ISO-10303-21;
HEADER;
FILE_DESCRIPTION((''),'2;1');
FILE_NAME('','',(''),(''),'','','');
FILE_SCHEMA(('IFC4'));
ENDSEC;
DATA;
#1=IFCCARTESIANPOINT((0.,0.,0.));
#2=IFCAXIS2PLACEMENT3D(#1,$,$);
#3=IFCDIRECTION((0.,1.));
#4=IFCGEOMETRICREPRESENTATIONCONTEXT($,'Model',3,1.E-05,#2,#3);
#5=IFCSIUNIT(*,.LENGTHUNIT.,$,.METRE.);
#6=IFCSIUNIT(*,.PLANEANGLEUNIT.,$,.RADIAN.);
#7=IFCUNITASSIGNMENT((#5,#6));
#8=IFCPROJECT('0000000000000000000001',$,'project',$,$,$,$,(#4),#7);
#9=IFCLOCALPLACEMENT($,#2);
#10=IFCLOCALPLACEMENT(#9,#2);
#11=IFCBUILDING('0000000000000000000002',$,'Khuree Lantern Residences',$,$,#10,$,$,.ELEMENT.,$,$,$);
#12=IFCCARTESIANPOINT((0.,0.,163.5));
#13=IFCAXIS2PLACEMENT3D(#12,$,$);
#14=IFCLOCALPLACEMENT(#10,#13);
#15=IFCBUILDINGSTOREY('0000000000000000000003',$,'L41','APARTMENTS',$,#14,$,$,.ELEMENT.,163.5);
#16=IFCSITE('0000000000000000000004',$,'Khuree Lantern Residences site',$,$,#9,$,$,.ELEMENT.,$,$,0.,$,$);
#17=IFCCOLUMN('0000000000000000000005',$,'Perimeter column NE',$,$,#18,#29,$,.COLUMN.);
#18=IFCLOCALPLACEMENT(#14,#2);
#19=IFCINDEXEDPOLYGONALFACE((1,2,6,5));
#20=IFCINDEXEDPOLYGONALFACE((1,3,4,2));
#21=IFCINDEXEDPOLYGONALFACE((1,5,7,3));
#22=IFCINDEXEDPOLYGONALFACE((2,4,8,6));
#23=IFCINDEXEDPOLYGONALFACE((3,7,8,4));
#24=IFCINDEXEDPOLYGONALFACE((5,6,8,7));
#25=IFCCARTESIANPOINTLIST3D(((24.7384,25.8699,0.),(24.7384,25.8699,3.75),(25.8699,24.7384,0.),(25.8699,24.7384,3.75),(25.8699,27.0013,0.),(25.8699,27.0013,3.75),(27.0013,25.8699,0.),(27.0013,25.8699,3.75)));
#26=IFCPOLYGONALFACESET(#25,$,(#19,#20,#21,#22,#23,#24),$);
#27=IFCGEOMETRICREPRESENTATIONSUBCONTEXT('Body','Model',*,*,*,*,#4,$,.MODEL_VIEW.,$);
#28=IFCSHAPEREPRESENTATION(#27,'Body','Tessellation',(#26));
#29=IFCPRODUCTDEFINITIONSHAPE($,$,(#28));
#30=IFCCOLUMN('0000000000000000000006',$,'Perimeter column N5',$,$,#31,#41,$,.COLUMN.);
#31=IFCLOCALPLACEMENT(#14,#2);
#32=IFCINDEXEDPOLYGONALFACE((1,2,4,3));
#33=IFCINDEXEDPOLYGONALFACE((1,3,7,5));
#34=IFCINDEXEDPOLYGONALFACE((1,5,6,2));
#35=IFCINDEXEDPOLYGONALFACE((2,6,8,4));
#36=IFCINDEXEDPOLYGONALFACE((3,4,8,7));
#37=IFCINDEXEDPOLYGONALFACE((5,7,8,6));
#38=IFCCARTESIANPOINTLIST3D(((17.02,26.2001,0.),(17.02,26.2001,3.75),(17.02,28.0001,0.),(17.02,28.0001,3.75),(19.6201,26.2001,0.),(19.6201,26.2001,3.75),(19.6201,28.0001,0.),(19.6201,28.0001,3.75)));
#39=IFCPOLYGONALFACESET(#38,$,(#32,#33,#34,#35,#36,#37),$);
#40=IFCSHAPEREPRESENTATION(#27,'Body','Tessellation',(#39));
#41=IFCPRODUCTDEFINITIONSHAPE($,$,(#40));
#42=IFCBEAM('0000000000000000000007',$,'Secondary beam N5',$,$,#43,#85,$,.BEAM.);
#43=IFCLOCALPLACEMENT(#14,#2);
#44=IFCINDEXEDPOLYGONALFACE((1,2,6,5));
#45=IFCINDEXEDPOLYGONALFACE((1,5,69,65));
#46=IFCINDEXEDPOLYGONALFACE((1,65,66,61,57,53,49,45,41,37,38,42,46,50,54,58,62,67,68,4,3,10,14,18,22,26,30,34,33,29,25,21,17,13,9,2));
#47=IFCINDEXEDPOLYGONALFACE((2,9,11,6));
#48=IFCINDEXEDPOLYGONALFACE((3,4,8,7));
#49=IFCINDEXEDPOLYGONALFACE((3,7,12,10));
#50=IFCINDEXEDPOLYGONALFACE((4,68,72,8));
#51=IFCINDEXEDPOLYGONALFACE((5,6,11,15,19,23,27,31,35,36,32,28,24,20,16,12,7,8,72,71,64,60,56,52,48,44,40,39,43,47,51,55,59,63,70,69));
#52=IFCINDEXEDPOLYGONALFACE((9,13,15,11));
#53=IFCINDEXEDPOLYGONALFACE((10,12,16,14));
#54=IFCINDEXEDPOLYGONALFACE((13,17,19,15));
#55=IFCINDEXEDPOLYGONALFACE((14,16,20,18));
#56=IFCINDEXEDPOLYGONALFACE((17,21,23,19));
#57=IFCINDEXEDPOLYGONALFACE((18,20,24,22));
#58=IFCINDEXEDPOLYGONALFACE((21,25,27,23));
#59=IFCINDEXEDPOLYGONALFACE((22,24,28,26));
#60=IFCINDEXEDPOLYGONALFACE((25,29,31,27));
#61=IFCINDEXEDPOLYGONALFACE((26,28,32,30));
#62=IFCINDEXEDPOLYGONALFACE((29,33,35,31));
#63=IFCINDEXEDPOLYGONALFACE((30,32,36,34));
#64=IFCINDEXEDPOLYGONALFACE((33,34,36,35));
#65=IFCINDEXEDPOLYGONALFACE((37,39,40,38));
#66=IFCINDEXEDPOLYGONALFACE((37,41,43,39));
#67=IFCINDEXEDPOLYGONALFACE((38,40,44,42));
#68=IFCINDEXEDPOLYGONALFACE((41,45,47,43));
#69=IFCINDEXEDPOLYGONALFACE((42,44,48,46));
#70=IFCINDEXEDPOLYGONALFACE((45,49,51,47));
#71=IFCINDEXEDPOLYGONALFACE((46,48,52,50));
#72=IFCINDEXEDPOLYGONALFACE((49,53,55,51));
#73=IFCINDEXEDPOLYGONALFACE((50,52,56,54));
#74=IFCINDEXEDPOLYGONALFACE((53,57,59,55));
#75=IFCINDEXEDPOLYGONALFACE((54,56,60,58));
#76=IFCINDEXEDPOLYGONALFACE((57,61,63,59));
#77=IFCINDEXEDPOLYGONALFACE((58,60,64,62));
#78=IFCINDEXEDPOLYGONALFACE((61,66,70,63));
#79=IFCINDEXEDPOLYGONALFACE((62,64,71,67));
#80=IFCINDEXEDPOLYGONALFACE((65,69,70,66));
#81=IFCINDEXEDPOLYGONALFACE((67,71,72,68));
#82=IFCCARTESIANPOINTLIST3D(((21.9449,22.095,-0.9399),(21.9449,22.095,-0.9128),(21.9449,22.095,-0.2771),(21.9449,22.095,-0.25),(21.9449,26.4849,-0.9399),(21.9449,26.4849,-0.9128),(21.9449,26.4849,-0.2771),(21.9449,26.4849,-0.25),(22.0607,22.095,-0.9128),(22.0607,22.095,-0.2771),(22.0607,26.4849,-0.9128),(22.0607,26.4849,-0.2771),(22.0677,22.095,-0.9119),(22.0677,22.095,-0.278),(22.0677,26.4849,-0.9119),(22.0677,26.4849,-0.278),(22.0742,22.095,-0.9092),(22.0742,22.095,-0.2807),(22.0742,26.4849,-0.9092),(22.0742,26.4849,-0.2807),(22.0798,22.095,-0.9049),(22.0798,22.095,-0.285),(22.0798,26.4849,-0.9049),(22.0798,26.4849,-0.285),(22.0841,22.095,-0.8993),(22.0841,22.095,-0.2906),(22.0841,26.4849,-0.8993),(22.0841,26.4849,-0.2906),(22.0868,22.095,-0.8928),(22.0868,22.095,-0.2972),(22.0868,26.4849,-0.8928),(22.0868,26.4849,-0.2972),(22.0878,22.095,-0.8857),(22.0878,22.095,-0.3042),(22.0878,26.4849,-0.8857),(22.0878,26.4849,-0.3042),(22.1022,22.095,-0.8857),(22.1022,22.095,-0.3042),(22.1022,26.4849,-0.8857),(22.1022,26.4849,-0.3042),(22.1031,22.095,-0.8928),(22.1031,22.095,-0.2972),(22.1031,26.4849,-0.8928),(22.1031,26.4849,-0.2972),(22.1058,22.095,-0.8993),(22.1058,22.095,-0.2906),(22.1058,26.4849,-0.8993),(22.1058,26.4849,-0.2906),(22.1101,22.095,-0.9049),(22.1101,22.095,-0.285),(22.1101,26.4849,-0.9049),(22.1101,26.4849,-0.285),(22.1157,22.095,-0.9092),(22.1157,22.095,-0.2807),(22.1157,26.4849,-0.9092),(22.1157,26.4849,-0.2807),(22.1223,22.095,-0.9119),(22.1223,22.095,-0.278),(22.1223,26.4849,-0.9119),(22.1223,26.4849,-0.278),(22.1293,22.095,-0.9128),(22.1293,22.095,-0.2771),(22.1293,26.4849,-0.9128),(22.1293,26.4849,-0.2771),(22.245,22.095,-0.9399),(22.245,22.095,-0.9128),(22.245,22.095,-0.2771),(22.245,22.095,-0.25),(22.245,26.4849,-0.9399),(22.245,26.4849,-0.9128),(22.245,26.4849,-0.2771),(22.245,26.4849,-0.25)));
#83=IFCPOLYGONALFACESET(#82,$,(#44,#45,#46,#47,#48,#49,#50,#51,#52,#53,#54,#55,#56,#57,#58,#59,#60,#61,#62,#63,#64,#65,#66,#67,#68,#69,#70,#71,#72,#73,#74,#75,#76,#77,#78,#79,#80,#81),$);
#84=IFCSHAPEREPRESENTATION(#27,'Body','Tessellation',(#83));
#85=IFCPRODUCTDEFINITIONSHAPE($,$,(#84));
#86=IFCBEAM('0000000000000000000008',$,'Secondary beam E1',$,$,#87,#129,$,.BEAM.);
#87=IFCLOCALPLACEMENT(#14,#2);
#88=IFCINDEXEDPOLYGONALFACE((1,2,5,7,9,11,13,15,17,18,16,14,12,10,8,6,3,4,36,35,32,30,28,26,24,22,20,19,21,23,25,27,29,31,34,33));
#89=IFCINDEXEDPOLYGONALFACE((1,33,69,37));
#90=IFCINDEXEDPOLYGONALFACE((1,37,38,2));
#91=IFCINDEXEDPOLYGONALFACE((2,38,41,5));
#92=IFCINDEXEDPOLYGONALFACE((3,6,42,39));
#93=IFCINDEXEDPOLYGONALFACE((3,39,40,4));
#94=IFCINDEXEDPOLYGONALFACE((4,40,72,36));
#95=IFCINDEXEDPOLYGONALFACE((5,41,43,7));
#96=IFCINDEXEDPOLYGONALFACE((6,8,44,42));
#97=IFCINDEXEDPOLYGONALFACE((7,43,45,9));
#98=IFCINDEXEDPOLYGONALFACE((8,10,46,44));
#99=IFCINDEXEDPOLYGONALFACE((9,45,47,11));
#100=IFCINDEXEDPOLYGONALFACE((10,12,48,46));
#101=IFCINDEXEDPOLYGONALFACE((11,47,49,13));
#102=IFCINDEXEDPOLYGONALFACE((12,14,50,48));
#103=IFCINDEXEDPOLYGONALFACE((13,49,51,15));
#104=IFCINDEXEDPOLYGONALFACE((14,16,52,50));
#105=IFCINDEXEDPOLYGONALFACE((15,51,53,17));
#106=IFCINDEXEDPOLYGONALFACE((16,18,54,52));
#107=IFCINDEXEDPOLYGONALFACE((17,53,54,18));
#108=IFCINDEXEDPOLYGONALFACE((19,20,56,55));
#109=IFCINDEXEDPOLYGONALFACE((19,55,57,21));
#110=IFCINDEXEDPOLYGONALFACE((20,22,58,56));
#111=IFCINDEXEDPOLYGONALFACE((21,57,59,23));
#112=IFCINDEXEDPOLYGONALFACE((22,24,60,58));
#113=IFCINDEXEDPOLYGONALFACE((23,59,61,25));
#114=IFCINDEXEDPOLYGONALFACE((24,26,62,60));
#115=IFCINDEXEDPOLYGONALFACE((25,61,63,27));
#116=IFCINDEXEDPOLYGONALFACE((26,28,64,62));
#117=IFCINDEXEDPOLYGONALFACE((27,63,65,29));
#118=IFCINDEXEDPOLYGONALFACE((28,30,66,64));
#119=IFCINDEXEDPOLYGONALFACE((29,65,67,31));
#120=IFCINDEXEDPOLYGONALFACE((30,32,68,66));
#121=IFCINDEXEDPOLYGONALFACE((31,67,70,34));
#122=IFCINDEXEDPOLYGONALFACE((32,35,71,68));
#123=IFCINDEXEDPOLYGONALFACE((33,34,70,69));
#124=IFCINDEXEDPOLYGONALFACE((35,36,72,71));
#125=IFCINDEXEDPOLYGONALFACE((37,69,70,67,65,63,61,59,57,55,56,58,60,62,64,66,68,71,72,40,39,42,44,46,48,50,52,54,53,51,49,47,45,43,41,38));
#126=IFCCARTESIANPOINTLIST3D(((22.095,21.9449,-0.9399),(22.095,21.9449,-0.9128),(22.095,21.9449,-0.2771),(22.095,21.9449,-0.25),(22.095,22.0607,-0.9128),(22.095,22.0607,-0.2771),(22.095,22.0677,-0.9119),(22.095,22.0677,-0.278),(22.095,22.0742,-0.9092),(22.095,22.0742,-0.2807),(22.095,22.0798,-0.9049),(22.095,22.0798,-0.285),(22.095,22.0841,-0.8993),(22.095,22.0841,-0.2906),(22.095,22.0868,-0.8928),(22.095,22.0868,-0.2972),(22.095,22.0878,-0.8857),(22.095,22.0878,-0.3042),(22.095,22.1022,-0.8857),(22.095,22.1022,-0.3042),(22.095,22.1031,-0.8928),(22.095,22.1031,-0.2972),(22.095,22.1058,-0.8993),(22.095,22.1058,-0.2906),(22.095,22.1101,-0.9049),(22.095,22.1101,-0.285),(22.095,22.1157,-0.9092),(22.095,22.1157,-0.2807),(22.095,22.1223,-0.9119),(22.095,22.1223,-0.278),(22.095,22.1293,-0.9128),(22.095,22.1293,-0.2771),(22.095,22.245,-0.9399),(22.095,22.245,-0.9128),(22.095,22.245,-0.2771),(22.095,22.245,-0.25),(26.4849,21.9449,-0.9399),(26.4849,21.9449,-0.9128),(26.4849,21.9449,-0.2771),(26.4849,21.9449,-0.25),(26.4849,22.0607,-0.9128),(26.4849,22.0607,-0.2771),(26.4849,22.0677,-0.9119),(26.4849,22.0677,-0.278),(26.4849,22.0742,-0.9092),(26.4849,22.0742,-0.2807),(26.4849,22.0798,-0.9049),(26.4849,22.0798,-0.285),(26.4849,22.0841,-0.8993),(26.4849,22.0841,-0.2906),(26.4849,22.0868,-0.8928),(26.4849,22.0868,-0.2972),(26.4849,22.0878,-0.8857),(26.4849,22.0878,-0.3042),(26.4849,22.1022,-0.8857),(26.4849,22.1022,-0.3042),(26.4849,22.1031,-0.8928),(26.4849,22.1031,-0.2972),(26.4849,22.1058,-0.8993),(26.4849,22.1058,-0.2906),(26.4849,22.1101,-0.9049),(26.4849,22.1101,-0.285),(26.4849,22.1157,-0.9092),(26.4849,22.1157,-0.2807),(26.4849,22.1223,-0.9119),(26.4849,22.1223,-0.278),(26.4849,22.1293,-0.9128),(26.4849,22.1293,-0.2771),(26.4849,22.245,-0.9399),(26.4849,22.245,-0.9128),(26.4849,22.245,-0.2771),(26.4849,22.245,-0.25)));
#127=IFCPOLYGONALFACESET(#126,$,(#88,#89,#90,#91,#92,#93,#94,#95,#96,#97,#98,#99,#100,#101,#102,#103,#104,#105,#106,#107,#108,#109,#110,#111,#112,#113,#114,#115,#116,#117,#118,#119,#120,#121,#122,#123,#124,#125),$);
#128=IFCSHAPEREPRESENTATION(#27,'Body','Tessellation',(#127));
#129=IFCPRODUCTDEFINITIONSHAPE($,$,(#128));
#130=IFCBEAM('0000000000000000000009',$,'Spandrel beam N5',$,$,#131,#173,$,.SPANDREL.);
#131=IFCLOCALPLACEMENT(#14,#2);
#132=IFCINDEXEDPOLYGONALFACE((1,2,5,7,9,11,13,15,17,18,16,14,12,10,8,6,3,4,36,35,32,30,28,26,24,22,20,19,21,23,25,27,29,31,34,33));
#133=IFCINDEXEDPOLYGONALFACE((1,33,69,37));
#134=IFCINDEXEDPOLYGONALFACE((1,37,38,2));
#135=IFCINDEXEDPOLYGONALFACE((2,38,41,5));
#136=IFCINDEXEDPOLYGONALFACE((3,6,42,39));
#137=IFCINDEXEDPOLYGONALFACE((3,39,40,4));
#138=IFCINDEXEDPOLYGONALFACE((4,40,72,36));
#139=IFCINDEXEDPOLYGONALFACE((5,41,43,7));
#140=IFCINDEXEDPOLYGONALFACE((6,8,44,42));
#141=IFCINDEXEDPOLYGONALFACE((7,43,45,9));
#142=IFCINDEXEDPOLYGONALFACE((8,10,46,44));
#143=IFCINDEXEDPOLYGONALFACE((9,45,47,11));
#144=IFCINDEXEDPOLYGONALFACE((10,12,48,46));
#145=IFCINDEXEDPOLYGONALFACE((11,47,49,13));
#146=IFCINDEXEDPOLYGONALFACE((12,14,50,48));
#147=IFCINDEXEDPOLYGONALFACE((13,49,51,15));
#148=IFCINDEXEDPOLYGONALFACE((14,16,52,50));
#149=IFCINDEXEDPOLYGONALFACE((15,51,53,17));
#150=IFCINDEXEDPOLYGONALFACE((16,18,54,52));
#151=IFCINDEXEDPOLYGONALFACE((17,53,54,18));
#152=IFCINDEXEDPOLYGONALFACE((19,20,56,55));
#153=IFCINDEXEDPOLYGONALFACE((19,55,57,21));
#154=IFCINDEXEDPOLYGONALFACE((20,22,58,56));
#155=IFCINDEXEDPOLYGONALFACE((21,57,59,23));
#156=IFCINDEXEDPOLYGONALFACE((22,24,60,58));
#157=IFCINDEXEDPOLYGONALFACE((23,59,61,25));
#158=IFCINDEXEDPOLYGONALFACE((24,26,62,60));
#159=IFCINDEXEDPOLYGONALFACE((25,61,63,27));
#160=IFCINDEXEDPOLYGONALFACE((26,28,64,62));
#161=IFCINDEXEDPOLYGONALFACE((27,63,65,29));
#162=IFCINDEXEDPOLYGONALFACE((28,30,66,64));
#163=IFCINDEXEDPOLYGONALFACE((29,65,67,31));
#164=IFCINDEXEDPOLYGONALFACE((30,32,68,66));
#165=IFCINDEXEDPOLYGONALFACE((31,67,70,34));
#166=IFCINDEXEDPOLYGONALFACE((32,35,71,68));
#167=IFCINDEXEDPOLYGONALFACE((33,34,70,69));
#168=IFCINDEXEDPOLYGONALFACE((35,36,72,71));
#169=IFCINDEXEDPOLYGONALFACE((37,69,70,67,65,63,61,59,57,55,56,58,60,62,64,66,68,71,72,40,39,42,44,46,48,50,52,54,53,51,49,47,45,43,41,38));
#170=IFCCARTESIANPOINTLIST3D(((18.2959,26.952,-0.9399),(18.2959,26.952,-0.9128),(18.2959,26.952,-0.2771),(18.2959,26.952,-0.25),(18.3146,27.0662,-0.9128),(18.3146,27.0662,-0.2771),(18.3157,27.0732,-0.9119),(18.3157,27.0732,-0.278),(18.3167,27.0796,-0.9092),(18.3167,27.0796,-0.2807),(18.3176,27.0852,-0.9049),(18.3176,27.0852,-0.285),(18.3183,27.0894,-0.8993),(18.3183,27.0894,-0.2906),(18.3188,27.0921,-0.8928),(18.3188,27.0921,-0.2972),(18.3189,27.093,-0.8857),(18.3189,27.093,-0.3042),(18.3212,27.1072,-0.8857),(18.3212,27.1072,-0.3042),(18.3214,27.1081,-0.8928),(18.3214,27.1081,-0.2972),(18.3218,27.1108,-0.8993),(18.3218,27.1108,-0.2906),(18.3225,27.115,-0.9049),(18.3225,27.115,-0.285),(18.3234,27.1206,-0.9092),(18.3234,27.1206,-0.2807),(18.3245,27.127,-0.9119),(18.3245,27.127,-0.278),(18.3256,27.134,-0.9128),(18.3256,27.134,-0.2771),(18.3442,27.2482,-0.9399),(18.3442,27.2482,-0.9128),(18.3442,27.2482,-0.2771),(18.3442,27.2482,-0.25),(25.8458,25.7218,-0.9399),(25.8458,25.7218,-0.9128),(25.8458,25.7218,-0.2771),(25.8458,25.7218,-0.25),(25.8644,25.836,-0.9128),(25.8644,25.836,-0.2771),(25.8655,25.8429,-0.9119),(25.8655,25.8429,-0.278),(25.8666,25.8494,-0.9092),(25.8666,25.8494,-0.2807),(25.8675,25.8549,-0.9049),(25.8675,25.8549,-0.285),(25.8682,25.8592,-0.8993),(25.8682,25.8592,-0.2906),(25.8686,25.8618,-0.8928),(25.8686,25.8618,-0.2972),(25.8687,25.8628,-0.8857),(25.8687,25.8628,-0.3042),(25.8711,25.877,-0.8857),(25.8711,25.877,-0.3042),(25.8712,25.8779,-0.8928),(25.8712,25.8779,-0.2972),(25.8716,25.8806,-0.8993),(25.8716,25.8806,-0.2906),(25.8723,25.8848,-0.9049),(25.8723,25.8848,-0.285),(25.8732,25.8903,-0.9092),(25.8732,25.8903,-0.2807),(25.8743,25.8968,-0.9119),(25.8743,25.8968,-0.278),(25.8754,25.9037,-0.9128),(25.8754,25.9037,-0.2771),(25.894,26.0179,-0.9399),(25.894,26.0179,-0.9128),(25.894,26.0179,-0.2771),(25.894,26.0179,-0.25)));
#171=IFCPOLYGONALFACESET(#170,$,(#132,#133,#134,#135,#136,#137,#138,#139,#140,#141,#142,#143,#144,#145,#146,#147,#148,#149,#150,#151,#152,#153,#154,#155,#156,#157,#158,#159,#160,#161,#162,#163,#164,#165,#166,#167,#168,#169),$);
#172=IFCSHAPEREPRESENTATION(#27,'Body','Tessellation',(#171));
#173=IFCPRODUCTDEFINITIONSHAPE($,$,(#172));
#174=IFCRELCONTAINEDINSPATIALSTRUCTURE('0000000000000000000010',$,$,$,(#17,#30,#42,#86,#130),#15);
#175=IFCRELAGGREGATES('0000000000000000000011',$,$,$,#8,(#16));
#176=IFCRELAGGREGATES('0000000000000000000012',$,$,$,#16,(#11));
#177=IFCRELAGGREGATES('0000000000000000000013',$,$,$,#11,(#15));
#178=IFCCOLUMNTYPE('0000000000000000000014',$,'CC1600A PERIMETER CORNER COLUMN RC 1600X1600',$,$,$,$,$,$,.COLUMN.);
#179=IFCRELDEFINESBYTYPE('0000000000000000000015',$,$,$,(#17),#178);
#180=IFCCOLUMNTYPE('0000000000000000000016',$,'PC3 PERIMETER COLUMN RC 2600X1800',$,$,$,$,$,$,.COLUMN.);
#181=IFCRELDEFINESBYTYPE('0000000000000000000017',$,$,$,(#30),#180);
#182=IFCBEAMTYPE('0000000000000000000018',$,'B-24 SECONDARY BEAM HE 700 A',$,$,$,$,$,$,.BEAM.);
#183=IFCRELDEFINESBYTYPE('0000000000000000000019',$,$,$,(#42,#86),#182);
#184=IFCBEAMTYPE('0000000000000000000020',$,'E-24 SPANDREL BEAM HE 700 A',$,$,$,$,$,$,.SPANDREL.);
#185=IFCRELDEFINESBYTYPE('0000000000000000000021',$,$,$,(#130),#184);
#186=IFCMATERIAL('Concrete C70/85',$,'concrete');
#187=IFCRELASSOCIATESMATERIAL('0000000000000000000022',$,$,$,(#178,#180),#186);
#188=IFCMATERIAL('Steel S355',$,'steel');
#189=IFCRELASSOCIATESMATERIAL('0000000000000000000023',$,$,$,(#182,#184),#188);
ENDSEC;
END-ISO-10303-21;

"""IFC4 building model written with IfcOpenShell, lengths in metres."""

from ifc_helpers import new_model, si_unit, direction, frame, origin, origin_2d, place, context, subcontext, project, spatial, rectangle, i_section, extrude, material, material_profile, profile_set, type_object, element, save


model = new_model("IFC4")

# Units and contexts
model_context = context("Model", 3, precision=1e-05, world=origin(), true_north=direction((0.0, 1.0)))
body_context = subcontext(model_context, "Body", "Model", "MODEL_VIEW")
ifc_project = project(units=[si_unit("LENGTHUNIT", "METRE"), si_unit("PLANEANGLEUNIT", "RADIAN")], contexts=[model_context])

# Site, building, storey
site_placement = place(None, origin())
site = spatial("IfcSite", under=ifc_project, at=site_placement, Name="Khuree Lantern Residences site", CompositionType="ELEMENT", RefElevation=0.0)
building_placement = place(site_placement, origin())
building = spatial("IfcBuilding", under=site, at=building_placement, Name="Khuree Lantern Residences", CompositionType="ELEMENT")
storey_placement = place(building_placement, frame((0.0, 0.0, 163.5)))
storey = spatial("IfcBuildingStorey", under=building, at=storey_placement, Name="L41", Description="APARTMENTS", CompositionType="ELEMENT", Elevation=163.5)

# Columns
ifc_material_1 = material(Name="Concrete C70/85", Category="concrete")
ifc_material_profile_1 = material_profile(ifc_material_1, rectangle(XDim=1.6001, YDim=1.6001, at=origin_2d()), Name="RC 1600X1600")
ifc_profile_set_1 = profile_set([ifc_material_profile_1], Name="Concrete C70/85")
column_type_1 = type_object("IfcColumnType", Name="CC1600A PERIMETER CORNER COLUMN RC 1600X1600", PredefinedType="COLUMN", material=ifc_profile_set_1)
column_1_placement = place(storey_placement, frame((25.8699, 25.8699, 0.0), z_axis=(0.0, 0.0, 1.0), x_axis=(0.707107, -0.707107, 0.0)))
element("IfcColumn", 1, at=column_1_placement, inside=storey, type_object=column_type_1, Name="Perimeter column NE", PredefinedType="COLUMN", context=body_context, shape_type="SweptSolid", body=[
    extrude(rectangle(XDim=1.6001, YDim=1.6001, at=origin_2d()), origin(), (0.0, 0.0, 1.0), 3.75),
])
ifc_material_profile_2 = material_profile(ifc_material_1, rectangle(XDim=2.6001, YDim=1.8, at=origin_2d()), Name="RC 2600X1800")
ifc_profile_set_2 = profile_set([ifc_material_profile_2], Name="Concrete C70/85")
column_type_2 = type_object("IfcColumnType", Name="PC3 PERIMETER COLUMN RC 2600X1800", PredefinedType="COLUMN", material=ifc_profile_set_2)
column_2_placement = place(storey_placement, frame((18.3201, 27.1001, 0.0), z_axis=(0.0, 0.0, 1.0), x_axis=(1.0, 0.0, 0.0)))
element("IfcColumn", 2, at=column_2_placement, inside=storey, type_object=column_type_2, Name="Perimeter column N5", PredefinedType="COLUMN", context=body_context, shape_type="SweptSolid", body=[
    extrude(rectangle(XDim=2.6001, YDim=1.8, at=origin_2d()), origin(), (0.0, 0.0, 1.0), 3.75),
])

# Beams
ifc_material_2 = material(Name="Steel S355", Category="steel")
ifc_material_profile_3 = material_profile(ifc_material_2, i_section(OverallWidth=0.3, OverallDepth=0.6899, WebThickness=0.0144, FlangeThickness=0.0271, FilletRadius=0.0271, at=origin_2d()), Name="HE 700 A")
ifc_profile_set_3 = profile_set([ifc_material_profile_3], Name="Steel S355")
beam_type_1 = type_object("IfcBeamType", Name="B-24 SECONDARY BEAM HE 700 A", PredefinedType="BEAM", material=ifc_profile_set_3)
for number, where, z_axis, x_axis, name in (
    (3, (22.095, 26.4849, -0.595), (0.0, -1.0, 0.0), (1.0, 0.0, 0.0), "Secondary beam N5"),
    (4, (26.4849, 22.095, -0.595), (-1.0, 0.0, 0.0), (0.0, -1.0, 0.0), "Secondary beam E1"),
):
    element("IfcBeam", number, at=place(storey_placement, frame(where, z_axis=z_axis, x_axis=x_axis)), inside=storey, type_object=beam_type_1, Name=name, PredefinedType="BEAM", context=body_context, shape_type="SweptSolid", body=[
        extrude(i_section(OverallWidth=0.3, OverallDepth=0.6899, WebThickness=0.0144, FlangeThickness=0.0271, FilletRadius=0.0271, at=origin_2d()), origin(), (0.0, 0.0, 1.0), 4.3899),
    ])
ifc_material_profile_4 = material_profile(ifc_material_2, i_section(OverallWidth=0.3, OverallDepth=0.6899, WebThickness=0.0144, FlangeThickness=0.0271, FilletRadius=0.0271, at=origin_2d()), Name="HE 700 A")
ifc_profile_set_4 = profile_set([ifc_material_profile_4], Name="Steel S355")
beam_type_2 = type_object("IfcBeamType", Name="E-24 SPANDREL BEAM HE 700 A", PredefinedType="SPANDREL", material=ifc_profile_set_4)
for number, where, z_axis, x_axis, name in (
    (5, (18.3201, 27.1001, -0.595), (0.986983, -0.160827, 0.0), (0.160827, 0.986983, 0.0), "Spandrel beam N5"),
):
    element("IfcBeam", number, at=place(storey_placement, frame(where, z_axis=z_axis, x_axis=x_axis)), inside=storey, type_object=beam_type_2, Name=name, PredefinedType="SPANDREL", context=body_context, shape_type="SweptSolid", body=[
        extrude(i_section(OverallWidth=0.3, OverallDepth=0.6899, WebThickness=0.0144, FlangeThickness=0.0271, FilletRadius=0.0271, at=origin_2d()), origin(), (0.0, 0.0, 1.0), 7.6494),
    ])

save(model, "model.ifc")
